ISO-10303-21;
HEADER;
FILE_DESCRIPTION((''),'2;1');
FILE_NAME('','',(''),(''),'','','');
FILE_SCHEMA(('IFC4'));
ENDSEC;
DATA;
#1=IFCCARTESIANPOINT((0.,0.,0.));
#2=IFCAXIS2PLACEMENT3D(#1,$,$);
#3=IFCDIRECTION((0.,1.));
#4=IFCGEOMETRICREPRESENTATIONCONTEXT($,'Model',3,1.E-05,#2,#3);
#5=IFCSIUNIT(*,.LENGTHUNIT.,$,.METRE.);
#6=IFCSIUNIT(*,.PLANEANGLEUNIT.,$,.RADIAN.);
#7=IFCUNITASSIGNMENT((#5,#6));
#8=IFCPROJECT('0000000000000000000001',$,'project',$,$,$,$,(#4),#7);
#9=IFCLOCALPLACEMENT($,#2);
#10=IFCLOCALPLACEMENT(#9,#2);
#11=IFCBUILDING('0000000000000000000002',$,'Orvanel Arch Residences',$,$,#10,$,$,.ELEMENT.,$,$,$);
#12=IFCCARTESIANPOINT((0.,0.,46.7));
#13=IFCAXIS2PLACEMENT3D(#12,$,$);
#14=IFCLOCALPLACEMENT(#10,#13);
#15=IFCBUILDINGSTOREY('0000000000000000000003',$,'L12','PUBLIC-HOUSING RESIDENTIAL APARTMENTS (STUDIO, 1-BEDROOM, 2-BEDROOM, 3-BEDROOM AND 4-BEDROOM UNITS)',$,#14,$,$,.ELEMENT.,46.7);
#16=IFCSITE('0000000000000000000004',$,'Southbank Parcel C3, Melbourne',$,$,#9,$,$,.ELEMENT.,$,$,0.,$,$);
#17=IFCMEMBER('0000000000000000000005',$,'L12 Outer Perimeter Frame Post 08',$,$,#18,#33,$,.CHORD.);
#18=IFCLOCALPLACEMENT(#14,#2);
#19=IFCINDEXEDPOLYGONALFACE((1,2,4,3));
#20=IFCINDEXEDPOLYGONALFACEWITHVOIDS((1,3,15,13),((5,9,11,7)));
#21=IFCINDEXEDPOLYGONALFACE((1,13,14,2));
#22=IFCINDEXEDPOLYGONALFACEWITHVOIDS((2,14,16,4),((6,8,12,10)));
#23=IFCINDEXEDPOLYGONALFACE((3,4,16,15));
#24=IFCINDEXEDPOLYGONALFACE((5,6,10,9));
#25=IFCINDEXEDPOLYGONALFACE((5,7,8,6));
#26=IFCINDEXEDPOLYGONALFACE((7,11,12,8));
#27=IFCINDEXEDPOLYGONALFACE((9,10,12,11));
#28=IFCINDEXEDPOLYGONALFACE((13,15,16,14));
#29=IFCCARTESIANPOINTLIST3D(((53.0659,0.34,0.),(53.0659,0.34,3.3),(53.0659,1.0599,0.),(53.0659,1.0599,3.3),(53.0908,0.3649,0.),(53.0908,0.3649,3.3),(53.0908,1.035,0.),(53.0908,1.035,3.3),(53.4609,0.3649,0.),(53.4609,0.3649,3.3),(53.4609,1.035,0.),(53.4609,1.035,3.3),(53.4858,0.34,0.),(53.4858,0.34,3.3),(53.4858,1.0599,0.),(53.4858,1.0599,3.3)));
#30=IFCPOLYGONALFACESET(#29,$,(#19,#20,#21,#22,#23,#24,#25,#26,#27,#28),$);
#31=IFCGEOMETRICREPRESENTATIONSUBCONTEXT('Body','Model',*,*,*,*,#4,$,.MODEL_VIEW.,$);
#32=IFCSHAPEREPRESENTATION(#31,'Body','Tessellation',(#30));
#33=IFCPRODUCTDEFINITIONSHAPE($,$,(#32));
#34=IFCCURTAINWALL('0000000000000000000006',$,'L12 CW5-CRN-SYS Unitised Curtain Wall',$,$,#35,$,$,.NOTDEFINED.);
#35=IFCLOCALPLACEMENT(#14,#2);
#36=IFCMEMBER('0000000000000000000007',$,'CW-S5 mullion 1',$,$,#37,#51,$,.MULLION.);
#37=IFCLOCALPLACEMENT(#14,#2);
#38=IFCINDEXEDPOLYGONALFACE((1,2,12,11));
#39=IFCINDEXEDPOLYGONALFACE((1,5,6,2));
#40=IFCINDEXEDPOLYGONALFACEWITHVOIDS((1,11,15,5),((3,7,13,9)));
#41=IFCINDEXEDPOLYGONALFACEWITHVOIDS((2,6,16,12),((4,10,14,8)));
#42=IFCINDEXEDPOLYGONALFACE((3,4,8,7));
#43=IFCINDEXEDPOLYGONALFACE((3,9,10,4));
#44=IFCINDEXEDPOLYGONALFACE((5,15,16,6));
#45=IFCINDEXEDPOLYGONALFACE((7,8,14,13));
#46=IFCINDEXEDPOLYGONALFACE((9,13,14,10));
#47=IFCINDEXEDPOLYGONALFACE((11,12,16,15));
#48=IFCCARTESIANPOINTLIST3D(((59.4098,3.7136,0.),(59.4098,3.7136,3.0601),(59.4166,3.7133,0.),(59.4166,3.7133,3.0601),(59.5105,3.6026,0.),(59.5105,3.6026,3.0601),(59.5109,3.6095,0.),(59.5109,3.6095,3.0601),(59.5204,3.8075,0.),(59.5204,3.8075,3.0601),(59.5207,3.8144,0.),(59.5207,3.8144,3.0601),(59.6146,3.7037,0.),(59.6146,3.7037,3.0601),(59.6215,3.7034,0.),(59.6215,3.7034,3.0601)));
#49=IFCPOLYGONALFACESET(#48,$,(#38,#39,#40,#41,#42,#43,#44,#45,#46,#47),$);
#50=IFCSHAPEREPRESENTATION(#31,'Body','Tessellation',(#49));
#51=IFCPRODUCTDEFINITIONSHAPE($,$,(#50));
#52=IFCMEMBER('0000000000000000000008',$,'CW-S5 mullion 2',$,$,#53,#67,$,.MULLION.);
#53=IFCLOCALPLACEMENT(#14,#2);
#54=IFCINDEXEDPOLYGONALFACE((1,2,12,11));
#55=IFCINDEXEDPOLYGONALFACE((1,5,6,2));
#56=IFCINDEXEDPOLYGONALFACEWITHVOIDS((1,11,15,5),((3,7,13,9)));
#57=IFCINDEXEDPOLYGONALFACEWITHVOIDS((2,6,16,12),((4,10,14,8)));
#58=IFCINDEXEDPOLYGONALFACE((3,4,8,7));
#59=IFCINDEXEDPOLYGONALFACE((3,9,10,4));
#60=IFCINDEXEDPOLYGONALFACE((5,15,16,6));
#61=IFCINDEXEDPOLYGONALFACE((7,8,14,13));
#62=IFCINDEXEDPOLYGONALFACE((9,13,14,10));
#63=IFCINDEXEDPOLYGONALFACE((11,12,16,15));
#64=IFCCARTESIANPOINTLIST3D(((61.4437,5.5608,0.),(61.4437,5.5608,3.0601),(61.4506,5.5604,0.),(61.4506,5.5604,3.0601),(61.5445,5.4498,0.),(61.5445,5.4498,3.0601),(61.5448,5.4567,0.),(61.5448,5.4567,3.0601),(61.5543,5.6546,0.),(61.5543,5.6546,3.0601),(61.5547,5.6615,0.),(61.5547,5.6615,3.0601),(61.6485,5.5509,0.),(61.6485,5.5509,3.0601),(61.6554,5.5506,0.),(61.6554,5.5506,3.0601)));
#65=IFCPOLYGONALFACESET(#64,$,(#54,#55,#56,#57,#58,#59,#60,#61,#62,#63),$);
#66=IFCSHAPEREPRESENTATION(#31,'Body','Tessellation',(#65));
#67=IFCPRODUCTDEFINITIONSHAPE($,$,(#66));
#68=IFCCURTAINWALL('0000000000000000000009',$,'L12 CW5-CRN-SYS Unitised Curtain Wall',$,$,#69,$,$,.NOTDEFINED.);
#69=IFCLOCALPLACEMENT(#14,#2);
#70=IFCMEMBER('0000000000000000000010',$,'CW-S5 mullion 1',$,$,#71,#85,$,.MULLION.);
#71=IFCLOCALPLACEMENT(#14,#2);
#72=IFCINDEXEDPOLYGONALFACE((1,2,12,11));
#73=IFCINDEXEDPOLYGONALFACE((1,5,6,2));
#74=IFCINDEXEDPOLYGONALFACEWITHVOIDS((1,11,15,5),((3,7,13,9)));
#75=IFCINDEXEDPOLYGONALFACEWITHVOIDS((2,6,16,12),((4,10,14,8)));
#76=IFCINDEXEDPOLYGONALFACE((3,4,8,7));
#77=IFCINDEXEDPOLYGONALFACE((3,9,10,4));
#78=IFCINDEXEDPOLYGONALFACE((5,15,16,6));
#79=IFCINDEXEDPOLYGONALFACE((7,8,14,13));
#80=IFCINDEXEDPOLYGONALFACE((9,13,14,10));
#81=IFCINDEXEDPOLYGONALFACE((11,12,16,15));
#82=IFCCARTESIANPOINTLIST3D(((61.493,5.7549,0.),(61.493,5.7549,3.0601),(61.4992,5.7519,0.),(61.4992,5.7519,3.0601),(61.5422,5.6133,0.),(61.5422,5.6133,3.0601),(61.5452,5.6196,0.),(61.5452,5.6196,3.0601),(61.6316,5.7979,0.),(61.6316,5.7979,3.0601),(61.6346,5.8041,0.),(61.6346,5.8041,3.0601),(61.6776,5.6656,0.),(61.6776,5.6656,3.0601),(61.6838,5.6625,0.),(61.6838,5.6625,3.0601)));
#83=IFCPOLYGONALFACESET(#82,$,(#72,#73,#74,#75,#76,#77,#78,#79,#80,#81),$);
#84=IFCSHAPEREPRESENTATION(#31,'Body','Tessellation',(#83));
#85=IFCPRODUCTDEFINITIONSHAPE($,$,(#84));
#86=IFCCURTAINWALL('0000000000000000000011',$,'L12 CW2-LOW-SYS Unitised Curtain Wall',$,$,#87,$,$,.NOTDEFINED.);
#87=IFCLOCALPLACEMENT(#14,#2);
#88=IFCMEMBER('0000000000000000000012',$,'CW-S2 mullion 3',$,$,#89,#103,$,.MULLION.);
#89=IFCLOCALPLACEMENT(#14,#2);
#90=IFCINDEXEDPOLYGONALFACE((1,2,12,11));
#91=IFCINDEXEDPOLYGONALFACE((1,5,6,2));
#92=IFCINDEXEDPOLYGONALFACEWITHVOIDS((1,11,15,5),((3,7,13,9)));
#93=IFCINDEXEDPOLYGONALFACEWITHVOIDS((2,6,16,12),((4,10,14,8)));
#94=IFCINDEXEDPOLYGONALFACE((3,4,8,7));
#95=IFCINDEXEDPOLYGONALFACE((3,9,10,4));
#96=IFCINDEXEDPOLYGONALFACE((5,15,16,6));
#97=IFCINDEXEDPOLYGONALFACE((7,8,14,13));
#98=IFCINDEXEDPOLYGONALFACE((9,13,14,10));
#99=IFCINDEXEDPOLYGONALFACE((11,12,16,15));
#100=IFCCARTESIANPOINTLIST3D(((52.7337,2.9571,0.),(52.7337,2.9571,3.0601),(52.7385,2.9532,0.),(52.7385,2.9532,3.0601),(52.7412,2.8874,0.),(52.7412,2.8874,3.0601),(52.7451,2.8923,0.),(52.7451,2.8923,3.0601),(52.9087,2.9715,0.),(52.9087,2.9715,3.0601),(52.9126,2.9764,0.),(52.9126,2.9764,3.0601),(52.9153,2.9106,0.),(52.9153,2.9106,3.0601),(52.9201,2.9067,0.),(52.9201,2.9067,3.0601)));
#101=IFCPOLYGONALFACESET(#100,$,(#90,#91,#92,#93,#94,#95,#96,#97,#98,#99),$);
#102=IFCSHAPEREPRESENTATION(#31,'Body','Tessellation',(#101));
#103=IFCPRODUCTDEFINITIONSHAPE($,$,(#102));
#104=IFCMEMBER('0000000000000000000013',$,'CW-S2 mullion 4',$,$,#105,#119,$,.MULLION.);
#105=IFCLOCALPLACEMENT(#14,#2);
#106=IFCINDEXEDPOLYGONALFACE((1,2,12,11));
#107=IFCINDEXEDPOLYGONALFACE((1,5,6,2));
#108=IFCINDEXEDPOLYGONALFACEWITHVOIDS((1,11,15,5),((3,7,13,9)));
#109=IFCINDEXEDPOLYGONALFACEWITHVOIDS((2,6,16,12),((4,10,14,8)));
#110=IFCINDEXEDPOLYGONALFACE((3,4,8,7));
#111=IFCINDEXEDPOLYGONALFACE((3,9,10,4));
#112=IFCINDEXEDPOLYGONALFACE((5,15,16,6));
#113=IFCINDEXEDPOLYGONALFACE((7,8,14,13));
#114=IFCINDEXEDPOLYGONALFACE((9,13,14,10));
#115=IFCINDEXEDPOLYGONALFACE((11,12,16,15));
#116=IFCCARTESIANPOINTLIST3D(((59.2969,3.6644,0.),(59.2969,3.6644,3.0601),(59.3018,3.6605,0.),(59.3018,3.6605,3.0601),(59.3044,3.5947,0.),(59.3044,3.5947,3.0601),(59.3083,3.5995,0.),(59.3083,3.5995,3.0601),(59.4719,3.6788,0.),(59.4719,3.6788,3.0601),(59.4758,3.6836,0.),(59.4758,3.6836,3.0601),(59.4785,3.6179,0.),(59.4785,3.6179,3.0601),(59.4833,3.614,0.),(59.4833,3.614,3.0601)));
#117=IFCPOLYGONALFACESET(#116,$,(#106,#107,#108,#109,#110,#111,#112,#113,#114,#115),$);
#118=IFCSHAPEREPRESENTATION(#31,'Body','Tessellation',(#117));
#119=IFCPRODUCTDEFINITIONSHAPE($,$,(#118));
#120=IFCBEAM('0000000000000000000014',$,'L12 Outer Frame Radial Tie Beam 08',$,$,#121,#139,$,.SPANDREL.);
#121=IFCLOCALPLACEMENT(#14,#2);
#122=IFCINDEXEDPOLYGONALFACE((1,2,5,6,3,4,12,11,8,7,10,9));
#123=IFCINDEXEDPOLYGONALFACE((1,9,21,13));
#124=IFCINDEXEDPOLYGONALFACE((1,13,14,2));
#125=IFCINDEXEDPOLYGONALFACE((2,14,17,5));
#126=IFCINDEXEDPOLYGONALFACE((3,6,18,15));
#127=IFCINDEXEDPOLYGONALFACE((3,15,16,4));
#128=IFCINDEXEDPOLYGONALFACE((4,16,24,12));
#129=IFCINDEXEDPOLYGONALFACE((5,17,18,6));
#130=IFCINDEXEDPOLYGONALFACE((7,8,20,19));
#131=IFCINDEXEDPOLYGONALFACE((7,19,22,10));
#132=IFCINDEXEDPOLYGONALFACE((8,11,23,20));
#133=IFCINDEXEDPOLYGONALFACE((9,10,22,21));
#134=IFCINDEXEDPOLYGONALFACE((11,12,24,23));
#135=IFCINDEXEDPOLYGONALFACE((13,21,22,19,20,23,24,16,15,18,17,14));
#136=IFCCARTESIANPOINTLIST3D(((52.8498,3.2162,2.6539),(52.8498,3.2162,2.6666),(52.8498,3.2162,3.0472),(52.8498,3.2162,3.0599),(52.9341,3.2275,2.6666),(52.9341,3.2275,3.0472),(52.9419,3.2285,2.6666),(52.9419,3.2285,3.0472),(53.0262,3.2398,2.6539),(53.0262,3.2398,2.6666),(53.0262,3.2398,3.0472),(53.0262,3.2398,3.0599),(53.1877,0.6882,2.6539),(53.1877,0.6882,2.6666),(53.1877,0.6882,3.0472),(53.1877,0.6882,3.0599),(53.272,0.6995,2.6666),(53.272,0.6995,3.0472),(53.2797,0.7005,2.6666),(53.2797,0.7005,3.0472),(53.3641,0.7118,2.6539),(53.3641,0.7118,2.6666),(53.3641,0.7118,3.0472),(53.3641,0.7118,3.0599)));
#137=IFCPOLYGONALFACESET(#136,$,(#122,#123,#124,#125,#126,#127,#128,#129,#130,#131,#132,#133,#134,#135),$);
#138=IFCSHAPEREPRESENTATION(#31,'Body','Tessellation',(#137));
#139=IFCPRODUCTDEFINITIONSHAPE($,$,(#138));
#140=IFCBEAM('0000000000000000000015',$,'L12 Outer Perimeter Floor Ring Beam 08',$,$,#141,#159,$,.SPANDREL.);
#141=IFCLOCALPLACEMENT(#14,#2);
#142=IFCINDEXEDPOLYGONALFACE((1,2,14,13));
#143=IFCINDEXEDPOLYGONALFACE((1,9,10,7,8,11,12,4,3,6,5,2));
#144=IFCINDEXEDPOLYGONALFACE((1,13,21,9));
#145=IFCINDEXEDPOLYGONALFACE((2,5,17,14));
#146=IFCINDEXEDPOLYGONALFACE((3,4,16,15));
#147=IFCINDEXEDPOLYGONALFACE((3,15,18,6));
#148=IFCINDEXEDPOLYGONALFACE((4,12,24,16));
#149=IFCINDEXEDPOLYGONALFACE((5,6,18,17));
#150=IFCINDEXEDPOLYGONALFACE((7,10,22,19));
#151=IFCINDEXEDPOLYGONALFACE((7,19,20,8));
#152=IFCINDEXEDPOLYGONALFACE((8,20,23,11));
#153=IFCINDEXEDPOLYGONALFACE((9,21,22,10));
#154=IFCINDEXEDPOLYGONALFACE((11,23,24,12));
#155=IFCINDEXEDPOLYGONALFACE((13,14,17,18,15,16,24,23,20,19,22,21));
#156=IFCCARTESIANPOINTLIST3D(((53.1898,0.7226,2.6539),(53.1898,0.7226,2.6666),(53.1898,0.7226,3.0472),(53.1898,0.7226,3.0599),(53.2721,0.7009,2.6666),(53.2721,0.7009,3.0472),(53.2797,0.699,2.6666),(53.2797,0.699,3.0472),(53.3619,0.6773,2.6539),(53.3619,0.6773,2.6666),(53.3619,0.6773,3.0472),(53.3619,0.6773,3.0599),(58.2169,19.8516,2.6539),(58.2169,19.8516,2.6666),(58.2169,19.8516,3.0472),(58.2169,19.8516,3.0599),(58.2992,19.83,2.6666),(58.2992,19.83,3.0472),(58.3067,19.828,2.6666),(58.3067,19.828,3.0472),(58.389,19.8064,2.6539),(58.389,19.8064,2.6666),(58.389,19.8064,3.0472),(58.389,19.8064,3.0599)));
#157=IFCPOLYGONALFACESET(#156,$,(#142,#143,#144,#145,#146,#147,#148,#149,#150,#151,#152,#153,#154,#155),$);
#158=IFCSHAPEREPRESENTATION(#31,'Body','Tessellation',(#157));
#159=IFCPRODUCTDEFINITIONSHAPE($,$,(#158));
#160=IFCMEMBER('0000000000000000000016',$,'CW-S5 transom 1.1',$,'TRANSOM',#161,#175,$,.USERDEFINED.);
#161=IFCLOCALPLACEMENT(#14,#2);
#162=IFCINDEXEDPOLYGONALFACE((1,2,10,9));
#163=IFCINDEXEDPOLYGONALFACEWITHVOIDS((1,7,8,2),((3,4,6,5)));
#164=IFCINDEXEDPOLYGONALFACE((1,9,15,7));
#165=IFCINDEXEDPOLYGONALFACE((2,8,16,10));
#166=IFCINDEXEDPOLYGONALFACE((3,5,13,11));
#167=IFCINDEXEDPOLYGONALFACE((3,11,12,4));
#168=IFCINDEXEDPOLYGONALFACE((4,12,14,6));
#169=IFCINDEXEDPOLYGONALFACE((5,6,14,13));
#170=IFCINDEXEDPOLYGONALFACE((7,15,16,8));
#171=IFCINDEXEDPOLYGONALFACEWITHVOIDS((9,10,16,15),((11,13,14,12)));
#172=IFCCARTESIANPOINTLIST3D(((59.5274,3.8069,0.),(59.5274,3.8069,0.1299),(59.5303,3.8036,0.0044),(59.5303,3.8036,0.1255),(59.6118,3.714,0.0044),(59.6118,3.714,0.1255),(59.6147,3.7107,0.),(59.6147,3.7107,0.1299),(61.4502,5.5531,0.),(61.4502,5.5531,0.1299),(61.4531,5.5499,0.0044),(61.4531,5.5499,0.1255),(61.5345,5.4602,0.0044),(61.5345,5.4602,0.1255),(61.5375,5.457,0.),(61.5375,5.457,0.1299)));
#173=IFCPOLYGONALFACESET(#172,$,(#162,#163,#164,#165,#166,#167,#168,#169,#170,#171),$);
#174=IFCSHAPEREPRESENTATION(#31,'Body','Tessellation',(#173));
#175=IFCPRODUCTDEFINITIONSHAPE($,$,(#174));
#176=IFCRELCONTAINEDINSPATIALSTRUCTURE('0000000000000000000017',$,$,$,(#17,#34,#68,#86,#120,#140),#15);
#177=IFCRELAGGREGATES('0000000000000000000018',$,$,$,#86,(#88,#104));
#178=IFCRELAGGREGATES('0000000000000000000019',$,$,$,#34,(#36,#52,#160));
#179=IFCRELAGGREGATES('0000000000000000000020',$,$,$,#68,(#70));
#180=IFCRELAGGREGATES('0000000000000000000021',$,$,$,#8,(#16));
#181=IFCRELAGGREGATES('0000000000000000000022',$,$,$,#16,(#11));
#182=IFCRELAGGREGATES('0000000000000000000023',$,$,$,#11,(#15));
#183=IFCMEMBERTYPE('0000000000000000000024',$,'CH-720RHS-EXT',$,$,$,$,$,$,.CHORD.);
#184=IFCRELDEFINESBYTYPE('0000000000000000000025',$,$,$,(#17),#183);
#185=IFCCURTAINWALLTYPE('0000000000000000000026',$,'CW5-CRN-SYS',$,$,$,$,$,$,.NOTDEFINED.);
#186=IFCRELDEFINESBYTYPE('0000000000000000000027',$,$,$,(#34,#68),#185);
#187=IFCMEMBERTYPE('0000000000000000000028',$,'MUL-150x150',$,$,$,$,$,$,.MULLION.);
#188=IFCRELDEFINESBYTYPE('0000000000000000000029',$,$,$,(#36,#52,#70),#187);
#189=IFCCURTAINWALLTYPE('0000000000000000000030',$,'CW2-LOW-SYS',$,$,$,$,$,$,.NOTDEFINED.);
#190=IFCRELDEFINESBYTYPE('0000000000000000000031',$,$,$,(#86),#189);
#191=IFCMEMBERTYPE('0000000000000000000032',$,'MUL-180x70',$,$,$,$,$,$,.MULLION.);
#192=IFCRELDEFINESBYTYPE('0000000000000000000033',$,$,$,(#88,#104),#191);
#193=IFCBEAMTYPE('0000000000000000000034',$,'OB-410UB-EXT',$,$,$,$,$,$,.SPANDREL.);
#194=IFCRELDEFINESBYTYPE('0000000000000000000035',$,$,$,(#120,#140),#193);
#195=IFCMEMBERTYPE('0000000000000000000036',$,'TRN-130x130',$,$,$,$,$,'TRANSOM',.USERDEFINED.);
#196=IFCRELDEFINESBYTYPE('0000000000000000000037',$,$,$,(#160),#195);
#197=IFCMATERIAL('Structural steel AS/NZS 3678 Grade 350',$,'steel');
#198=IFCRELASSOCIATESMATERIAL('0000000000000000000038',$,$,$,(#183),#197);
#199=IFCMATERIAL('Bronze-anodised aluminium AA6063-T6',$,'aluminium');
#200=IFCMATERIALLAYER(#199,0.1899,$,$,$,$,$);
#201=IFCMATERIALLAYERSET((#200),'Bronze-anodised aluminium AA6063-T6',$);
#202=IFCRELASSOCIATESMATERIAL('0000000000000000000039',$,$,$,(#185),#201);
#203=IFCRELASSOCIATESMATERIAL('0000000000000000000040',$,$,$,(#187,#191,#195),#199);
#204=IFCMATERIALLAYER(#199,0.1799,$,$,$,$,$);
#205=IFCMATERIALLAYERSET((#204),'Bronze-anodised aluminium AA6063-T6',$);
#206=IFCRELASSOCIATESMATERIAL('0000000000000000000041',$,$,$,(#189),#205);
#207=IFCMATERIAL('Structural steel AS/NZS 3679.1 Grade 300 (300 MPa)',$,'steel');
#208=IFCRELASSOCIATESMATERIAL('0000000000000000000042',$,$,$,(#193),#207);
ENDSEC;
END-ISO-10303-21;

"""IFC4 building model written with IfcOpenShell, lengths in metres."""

from ifc_helpers import new_model, si_unit, direction, frame, origin, origin_2d, place, context, subcontext, project, spatial, hollow_rectangle, i_section, extrude, material, layer, layer_set, material_profile, profile_set, type_object, element, aggregate, save


model = new_model("IFC4")

# Units and contexts
model_context = context("Model", 3, precision=1e-05, world=origin(), true_north=direction((0.0, 1.0)))
body_context = subcontext(model_context, "Body", "Model", "MODEL_VIEW")
ifc_project = project(units=[si_unit("LENGTHUNIT", "METRE"), si_unit("PLANEANGLEUNIT", "RADIAN")], contexts=[model_context])

# Site, building, storey
site_placement = place(None, origin())
site = spatial("IfcSite", under=ifc_project, at=site_placement, Name="Southbank Parcel C3, Melbourne", CompositionType="ELEMENT", RefElevation=0.0)
building_placement = place(site_placement, origin())
building = spatial("IfcBuilding", under=site, at=building_placement, Name="Orvanel Arch Residences", CompositionType="ELEMENT")
storey_placement = place(building_placement, frame((0.0, 0.0, 46.7)))
storey = spatial("IfcBuildingStorey", under=building, at=storey_placement, Name="L12", Description="PUBLIC-HOUSING RESIDENTIAL APARTMENTS (STUDIO, 1-BEDROOM, 2-BEDROOM, 3-BEDROOM AND 4-BEDROOM UNITS)", CompositionType="ELEMENT", Elevation=46.7)

# Member
ifc_material_1 = material(Name="Structural steel AS/NZS 3678 Grade 350", Category="steel")
ifc_material_profile_1 = material_profile(ifc_material_1, hollow_rectangle(XDim=0.4199, YDim=0.72, WallThickness=0.0249, at=origin_2d()), Name="RHS720x420x25")
ifc_profile_set_1 = profile_set([ifc_material_profile_1], Name="Structural steel AS/NZS 3678 Grade 350")
member_type_1 = type_object("IfcMemberType", Name="CH-720RHS-EXT", PredefinedType="CHORD", material=ifc_profile_set_1)
member_1_placement = place(storey_placement, frame((53.2759, 0.7, 0.0), z_axis=(0.0, 0.0, 1.0), x_axis=(1.0, 0.0, 0.0)))
element("IfcMember", 1, at=member_1_placement, inside=storey, type_object=member_type_1, Name="L12 Outer Perimeter Frame Post 08", PredefinedType="CHORD", context=body_context, shape_type="SweptSolid", body=[
    extrude(hollow_rectangle(XDim=0.4199, YDim=0.72, WallThickness=0.0249, at=origin_2d()), origin(), (0.0, 0.0, 1.0), 3.3),
])

# Curtain wall, members
ifc_material_2 = material(Name="Bronze-anodised aluminium AA6063-T6", Category="aluminium")
ifc_layer_1 = layer(ifc_material_2, 0.1899)
ifc_layer_set_1 = layer_set([ifc_layer_1], Name="Bronze-anodised aluminium AA6063-T6")
curtain_wall_type_1 = type_object("IfcCurtainWallType", Name="CW5-CRN-SYS", PredefinedType="NOTDEFINED", material=ifc_layer_set_1)
curtain_wall_1_placement = place(storey_placement, origin())
curtain_wall_1 = element("IfcCurtainWall", 2, at=curtain_wall_1_placement, inside=storey, type_object=curtain_wall_type_1, Name="L12 CW5-CRN-SYS Unitised Curtain Wall", PredefinedType="NOTDEFINED")
ifc_material_profile_2 = material_profile(ifc_material_2, hollow_rectangle(XDim=0.1499, YDim=0.1499, WallThickness=0.0049, at=origin_2d()), Name="ALU150x150x5")
ifc_profile_set_2 = profile_set([ifc_material_profile_2], Name="Bronze-anodised aluminium AA6063-T6")
member_type_2 = type_object("IfcMemberType", Name="MUL-150x150", PredefinedType="MULLION", material=ifc_profile_set_2)
member_2_placement = place(storey_placement, frame((59.5156, 3.7085, 0.0), z_axis=(0.0, 0.0, 1.0), x_axis=(-0.672295, 0.740284, 0.0)))
member_2 = element("IfcMember", 3, at=member_2_placement, type_object=member_type_2, Name="CW-S5 mullion 1", PredefinedType="MULLION", context=body_context, shape_type="SweptSolid", body=[
    extrude(hollow_rectangle(XDim=0.1499, YDim=0.1499, WallThickness=0.0049, at=origin_2d()), origin(), (0.0, 0.0, 1.0), 3.0601),
])
member_3_placement = place(storey_placement, frame((61.5496, 5.5557, 0.0), z_axis=(0.0, 0.0, 1.0), x_axis=(-0.672295, 0.740284, 0.0)))
member_3 = element("IfcMember", 4, at=member_3_placement, type_object=member_type_2, Name="CW-S5 mullion 2", PredefinedType="MULLION", context=body_context, shape_type="SweptSolid", body=[
    extrude(hollow_rectangle(XDim=0.1499, YDim=0.1499, WallThickness=0.0049, at=origin_2d()), origin(), (0.0, 0.0, 1.0), 3.0601),
])

# Curtain wall, member
curtain_wall_2_placement = place(storey_placement, origin())
curtain_wall_2 = element("IfcCurtainWall", 5, at=curtain_wall_2_placement, inside=storey, type_object=curtain_wall_type_1, Name="L12 CW5-CRN-SYS Unitised Curtain Wall", PredefinedType="NOTDEFINED")
member_4_placement = place(storey_placement, frame((61.5884, 5.7087, 0.0), z_axis=(0.0, 0.0, 1.0), x_axis=(-0.944601, -0.328221, 0.0)))
member_4 = element("IfcMember", 6, at=member_4_placement, type_object=member_type_2, Name="CW-S5 mullion 1", PredefinedType="MULLION", context=body_context, shape_type="SweptSolid", body=[
    extrude(hollow_rectangle(XDim=0.1499, YDim=0.1499, WallThickness=0.0049, at=origin_2d()), origin(), (0.0, 0.0, 1.0), 3.0601),
])

# Curtain wall, members
ifc_layer_2 = layer(ifc_material_2, 0.1799)
ifc_layer_set_2 = layer_set([ifc_layer_2], Name="Bronze-anodised aluminium AA6063-T6")
curtain_wall_type_2 = type_object("IfcCurtainWallType", Name="CW2-LOW-SYS", PredefinedType="NOTDEFINED", material=ifc_layer_set_2)
curtain_wall_3_placement = place(storey_placement, origin())
curtain_wall_3 = element("IfcCurtainWall", 7, at=curtain_wall_3_placement, inside=storey, type_object=curtain_wall_type_2, Name="L12 CW2-LOW-SYS Unitised Curtain Wall", PredefinedType="NOTDEFINED")
ifc_material_profile_3 = material_profile(ifc_material_2, hollow_rectangle(XDim=0.0701, YDim=0.1799, WallThickness=0.0044, at=origin_2d()), Name="ALU180x70x4.5")
ifc_profile_set_3 = profile_set([ifc_material_profile_3], Name="Bronze-anodised aluminium AA6063-T6")
member_type_3 = type_object("IfcMemberType", Name="MUL-180x70", PredefinedType="MULLION", material=ifc_profile_set_3)
member_5_placement = place(storey_placement, frame((52.8269, 2.9319, 0.0), z_axis=(0.0, 0.0, 1.0), x_axis=(-0.10714, 0.994244, 0.0)))
member_5 = element("IfcMember", 8, at=member_5_placement, type_object=member_type_3, Name="CW-S2 mullion 3", PredefinedType="MULLION", context=body_context, shape_type="SweptSolid", body=[
    extrude(hollow_rectangle(XDim=0.0701, YDim=0.1799, WallThickness=0.0044, at=origin_2d()), origin(), (0.0, 0.0, 1.0), 3.0601),
])
member_6_placement = place(storey_placement, frame((59.3901, 3.6392, 0.0), z_axis=(0.0, 0.0, 1.0), x_axis=(-0.10714, 0.994244, 0.0)))
member_6 = element("IfcMember", 9, at=member_6_placement, type_object=member_type_3, Name="CW-S2 mullion 4", PredefinedType="MULLION", context=body_context, shape_type="SweptSolid", body=[
    extrude(hollow_rectangle(XDim=0.0701, YDim=0.1799, WallThickness=0.0044, at=origin_2d()), origin(), (0.0, 0.0, 1.0), 3.0601),
])

# Beams
ifc_material_3 = material(Name="Structural steel AS/NZS 3679.1 Grade 300 (300 MPa)", Category="steel")
ifc_material_profile_4 = material_profile(ifc_material_3, i_section(OverallWidth=0.178, OverallDepth=0.406, WebThickness=0.0078, FlangeThickness=0.0127, at=origin_2d()), Name="410UB59.7")
ifc_profile_set_4 = profile_set([ifc_material_profile_4], Name="Structural steel AS/NZS 3679.1 Grade 300 (300 MPa)")
beam_type = type_object("IfcBeamType", Name="OB-410UB-EXT", PredefinedType="SPANDREL", material=ifc_profile_set_4)
beam_1_placement = place(storey_placement, frame((52.938, 3.228, 2.8569), z_axis=(0.132477, -0.991186, 0.0), x_axis=(0.991186, 0.132477, 0.0)))
element("IfcBeam", 10, at=beam_1_placement, inside=storey, type_object=beam_type, Name="L12 Outer Frame Radial Tie Beam 08", PredefinedType="SPANDREL", context=body_context, shape_type="SweptSolid", body=[
    extrude(i_section(OverallWidth=0.178, OverallDepth=0.406, WebThickness=0.0078, FlangeThickness=0.0127, at=origin_2d()), origin(), (0.0, 0.0, 1.0), 2.5505),
])
beam_2_placement = place(storey_placement, frame((53.2759, 0.7, 2.8569), z_axis=(0.254168, 0.96716, 0.0), x_axis=(-0.96716, 0.254168, 0.0)))
element("IfcBeam", 11, at=beam_2_placement, inside=storey, type_object=beam_type, Name="L12 Outer Perimeter Floor Ring Beam 08", PredefinedType="SPANDREL", context=body_context, shape_type="SweptSolid", body=[
    extrude(i_section(OverallWidth=0.178, OverallDepth=0.406, WebThickness=0.0078, FlangeThickness=0.0127, at=origin_2d()), origin(), (0.0, 0.0, 1.0), 19.7786),
])

# Member
ifc_material_profile_5 = material_profile(ifc_material_2, hollow_rectangle(XDim=0.1299, YDim=0.1299, WallThickness=0.0044, at=origin_2d()), Name="ALU130x130x4.5")
ifc_profile_set_5 = profile_set([ifc_material_profile_5], Name="Bronze-anodised aluminium AA6063-T6")
member_type_4 = type_object("IfcMemberType", Name="TRN-130x130", ElementType="TRANSOM", PredefinedType="USERDEFINED", material=ifc_profile_set_5)
member_7_placement = place(storey_placement, frame((59.571, 3.7588, 0.0649), z_axis=(0.740267, 0.672312, 0.0), x_axis=(-0.672312, 0.740267, 0.0)))
member_7 = element("IfcMember", 12, at=member_7_placement, type_object=member_type_4, Name="CW-S5 transom 1.1", ObjectType="TRANSOM", PredefinedType="USERDEFINED", context=body_context, shape_type="SweptSolid", body=[
    extrude(hollow_rectangle(XDim=0.1299, YDim=0.1299, WallThickness=0.0044, at=origin_2d()), origin(), (0.0, 0.0, 1.0), 2.5974),
])

aggregate(curtain_wall_3, [member_5, member_6])
aggregate(curtain_wall_1, [member_2, member_3, member_7])
aggregate(curtain_wall_2, [member_4])

save(model, "model.ifc")
